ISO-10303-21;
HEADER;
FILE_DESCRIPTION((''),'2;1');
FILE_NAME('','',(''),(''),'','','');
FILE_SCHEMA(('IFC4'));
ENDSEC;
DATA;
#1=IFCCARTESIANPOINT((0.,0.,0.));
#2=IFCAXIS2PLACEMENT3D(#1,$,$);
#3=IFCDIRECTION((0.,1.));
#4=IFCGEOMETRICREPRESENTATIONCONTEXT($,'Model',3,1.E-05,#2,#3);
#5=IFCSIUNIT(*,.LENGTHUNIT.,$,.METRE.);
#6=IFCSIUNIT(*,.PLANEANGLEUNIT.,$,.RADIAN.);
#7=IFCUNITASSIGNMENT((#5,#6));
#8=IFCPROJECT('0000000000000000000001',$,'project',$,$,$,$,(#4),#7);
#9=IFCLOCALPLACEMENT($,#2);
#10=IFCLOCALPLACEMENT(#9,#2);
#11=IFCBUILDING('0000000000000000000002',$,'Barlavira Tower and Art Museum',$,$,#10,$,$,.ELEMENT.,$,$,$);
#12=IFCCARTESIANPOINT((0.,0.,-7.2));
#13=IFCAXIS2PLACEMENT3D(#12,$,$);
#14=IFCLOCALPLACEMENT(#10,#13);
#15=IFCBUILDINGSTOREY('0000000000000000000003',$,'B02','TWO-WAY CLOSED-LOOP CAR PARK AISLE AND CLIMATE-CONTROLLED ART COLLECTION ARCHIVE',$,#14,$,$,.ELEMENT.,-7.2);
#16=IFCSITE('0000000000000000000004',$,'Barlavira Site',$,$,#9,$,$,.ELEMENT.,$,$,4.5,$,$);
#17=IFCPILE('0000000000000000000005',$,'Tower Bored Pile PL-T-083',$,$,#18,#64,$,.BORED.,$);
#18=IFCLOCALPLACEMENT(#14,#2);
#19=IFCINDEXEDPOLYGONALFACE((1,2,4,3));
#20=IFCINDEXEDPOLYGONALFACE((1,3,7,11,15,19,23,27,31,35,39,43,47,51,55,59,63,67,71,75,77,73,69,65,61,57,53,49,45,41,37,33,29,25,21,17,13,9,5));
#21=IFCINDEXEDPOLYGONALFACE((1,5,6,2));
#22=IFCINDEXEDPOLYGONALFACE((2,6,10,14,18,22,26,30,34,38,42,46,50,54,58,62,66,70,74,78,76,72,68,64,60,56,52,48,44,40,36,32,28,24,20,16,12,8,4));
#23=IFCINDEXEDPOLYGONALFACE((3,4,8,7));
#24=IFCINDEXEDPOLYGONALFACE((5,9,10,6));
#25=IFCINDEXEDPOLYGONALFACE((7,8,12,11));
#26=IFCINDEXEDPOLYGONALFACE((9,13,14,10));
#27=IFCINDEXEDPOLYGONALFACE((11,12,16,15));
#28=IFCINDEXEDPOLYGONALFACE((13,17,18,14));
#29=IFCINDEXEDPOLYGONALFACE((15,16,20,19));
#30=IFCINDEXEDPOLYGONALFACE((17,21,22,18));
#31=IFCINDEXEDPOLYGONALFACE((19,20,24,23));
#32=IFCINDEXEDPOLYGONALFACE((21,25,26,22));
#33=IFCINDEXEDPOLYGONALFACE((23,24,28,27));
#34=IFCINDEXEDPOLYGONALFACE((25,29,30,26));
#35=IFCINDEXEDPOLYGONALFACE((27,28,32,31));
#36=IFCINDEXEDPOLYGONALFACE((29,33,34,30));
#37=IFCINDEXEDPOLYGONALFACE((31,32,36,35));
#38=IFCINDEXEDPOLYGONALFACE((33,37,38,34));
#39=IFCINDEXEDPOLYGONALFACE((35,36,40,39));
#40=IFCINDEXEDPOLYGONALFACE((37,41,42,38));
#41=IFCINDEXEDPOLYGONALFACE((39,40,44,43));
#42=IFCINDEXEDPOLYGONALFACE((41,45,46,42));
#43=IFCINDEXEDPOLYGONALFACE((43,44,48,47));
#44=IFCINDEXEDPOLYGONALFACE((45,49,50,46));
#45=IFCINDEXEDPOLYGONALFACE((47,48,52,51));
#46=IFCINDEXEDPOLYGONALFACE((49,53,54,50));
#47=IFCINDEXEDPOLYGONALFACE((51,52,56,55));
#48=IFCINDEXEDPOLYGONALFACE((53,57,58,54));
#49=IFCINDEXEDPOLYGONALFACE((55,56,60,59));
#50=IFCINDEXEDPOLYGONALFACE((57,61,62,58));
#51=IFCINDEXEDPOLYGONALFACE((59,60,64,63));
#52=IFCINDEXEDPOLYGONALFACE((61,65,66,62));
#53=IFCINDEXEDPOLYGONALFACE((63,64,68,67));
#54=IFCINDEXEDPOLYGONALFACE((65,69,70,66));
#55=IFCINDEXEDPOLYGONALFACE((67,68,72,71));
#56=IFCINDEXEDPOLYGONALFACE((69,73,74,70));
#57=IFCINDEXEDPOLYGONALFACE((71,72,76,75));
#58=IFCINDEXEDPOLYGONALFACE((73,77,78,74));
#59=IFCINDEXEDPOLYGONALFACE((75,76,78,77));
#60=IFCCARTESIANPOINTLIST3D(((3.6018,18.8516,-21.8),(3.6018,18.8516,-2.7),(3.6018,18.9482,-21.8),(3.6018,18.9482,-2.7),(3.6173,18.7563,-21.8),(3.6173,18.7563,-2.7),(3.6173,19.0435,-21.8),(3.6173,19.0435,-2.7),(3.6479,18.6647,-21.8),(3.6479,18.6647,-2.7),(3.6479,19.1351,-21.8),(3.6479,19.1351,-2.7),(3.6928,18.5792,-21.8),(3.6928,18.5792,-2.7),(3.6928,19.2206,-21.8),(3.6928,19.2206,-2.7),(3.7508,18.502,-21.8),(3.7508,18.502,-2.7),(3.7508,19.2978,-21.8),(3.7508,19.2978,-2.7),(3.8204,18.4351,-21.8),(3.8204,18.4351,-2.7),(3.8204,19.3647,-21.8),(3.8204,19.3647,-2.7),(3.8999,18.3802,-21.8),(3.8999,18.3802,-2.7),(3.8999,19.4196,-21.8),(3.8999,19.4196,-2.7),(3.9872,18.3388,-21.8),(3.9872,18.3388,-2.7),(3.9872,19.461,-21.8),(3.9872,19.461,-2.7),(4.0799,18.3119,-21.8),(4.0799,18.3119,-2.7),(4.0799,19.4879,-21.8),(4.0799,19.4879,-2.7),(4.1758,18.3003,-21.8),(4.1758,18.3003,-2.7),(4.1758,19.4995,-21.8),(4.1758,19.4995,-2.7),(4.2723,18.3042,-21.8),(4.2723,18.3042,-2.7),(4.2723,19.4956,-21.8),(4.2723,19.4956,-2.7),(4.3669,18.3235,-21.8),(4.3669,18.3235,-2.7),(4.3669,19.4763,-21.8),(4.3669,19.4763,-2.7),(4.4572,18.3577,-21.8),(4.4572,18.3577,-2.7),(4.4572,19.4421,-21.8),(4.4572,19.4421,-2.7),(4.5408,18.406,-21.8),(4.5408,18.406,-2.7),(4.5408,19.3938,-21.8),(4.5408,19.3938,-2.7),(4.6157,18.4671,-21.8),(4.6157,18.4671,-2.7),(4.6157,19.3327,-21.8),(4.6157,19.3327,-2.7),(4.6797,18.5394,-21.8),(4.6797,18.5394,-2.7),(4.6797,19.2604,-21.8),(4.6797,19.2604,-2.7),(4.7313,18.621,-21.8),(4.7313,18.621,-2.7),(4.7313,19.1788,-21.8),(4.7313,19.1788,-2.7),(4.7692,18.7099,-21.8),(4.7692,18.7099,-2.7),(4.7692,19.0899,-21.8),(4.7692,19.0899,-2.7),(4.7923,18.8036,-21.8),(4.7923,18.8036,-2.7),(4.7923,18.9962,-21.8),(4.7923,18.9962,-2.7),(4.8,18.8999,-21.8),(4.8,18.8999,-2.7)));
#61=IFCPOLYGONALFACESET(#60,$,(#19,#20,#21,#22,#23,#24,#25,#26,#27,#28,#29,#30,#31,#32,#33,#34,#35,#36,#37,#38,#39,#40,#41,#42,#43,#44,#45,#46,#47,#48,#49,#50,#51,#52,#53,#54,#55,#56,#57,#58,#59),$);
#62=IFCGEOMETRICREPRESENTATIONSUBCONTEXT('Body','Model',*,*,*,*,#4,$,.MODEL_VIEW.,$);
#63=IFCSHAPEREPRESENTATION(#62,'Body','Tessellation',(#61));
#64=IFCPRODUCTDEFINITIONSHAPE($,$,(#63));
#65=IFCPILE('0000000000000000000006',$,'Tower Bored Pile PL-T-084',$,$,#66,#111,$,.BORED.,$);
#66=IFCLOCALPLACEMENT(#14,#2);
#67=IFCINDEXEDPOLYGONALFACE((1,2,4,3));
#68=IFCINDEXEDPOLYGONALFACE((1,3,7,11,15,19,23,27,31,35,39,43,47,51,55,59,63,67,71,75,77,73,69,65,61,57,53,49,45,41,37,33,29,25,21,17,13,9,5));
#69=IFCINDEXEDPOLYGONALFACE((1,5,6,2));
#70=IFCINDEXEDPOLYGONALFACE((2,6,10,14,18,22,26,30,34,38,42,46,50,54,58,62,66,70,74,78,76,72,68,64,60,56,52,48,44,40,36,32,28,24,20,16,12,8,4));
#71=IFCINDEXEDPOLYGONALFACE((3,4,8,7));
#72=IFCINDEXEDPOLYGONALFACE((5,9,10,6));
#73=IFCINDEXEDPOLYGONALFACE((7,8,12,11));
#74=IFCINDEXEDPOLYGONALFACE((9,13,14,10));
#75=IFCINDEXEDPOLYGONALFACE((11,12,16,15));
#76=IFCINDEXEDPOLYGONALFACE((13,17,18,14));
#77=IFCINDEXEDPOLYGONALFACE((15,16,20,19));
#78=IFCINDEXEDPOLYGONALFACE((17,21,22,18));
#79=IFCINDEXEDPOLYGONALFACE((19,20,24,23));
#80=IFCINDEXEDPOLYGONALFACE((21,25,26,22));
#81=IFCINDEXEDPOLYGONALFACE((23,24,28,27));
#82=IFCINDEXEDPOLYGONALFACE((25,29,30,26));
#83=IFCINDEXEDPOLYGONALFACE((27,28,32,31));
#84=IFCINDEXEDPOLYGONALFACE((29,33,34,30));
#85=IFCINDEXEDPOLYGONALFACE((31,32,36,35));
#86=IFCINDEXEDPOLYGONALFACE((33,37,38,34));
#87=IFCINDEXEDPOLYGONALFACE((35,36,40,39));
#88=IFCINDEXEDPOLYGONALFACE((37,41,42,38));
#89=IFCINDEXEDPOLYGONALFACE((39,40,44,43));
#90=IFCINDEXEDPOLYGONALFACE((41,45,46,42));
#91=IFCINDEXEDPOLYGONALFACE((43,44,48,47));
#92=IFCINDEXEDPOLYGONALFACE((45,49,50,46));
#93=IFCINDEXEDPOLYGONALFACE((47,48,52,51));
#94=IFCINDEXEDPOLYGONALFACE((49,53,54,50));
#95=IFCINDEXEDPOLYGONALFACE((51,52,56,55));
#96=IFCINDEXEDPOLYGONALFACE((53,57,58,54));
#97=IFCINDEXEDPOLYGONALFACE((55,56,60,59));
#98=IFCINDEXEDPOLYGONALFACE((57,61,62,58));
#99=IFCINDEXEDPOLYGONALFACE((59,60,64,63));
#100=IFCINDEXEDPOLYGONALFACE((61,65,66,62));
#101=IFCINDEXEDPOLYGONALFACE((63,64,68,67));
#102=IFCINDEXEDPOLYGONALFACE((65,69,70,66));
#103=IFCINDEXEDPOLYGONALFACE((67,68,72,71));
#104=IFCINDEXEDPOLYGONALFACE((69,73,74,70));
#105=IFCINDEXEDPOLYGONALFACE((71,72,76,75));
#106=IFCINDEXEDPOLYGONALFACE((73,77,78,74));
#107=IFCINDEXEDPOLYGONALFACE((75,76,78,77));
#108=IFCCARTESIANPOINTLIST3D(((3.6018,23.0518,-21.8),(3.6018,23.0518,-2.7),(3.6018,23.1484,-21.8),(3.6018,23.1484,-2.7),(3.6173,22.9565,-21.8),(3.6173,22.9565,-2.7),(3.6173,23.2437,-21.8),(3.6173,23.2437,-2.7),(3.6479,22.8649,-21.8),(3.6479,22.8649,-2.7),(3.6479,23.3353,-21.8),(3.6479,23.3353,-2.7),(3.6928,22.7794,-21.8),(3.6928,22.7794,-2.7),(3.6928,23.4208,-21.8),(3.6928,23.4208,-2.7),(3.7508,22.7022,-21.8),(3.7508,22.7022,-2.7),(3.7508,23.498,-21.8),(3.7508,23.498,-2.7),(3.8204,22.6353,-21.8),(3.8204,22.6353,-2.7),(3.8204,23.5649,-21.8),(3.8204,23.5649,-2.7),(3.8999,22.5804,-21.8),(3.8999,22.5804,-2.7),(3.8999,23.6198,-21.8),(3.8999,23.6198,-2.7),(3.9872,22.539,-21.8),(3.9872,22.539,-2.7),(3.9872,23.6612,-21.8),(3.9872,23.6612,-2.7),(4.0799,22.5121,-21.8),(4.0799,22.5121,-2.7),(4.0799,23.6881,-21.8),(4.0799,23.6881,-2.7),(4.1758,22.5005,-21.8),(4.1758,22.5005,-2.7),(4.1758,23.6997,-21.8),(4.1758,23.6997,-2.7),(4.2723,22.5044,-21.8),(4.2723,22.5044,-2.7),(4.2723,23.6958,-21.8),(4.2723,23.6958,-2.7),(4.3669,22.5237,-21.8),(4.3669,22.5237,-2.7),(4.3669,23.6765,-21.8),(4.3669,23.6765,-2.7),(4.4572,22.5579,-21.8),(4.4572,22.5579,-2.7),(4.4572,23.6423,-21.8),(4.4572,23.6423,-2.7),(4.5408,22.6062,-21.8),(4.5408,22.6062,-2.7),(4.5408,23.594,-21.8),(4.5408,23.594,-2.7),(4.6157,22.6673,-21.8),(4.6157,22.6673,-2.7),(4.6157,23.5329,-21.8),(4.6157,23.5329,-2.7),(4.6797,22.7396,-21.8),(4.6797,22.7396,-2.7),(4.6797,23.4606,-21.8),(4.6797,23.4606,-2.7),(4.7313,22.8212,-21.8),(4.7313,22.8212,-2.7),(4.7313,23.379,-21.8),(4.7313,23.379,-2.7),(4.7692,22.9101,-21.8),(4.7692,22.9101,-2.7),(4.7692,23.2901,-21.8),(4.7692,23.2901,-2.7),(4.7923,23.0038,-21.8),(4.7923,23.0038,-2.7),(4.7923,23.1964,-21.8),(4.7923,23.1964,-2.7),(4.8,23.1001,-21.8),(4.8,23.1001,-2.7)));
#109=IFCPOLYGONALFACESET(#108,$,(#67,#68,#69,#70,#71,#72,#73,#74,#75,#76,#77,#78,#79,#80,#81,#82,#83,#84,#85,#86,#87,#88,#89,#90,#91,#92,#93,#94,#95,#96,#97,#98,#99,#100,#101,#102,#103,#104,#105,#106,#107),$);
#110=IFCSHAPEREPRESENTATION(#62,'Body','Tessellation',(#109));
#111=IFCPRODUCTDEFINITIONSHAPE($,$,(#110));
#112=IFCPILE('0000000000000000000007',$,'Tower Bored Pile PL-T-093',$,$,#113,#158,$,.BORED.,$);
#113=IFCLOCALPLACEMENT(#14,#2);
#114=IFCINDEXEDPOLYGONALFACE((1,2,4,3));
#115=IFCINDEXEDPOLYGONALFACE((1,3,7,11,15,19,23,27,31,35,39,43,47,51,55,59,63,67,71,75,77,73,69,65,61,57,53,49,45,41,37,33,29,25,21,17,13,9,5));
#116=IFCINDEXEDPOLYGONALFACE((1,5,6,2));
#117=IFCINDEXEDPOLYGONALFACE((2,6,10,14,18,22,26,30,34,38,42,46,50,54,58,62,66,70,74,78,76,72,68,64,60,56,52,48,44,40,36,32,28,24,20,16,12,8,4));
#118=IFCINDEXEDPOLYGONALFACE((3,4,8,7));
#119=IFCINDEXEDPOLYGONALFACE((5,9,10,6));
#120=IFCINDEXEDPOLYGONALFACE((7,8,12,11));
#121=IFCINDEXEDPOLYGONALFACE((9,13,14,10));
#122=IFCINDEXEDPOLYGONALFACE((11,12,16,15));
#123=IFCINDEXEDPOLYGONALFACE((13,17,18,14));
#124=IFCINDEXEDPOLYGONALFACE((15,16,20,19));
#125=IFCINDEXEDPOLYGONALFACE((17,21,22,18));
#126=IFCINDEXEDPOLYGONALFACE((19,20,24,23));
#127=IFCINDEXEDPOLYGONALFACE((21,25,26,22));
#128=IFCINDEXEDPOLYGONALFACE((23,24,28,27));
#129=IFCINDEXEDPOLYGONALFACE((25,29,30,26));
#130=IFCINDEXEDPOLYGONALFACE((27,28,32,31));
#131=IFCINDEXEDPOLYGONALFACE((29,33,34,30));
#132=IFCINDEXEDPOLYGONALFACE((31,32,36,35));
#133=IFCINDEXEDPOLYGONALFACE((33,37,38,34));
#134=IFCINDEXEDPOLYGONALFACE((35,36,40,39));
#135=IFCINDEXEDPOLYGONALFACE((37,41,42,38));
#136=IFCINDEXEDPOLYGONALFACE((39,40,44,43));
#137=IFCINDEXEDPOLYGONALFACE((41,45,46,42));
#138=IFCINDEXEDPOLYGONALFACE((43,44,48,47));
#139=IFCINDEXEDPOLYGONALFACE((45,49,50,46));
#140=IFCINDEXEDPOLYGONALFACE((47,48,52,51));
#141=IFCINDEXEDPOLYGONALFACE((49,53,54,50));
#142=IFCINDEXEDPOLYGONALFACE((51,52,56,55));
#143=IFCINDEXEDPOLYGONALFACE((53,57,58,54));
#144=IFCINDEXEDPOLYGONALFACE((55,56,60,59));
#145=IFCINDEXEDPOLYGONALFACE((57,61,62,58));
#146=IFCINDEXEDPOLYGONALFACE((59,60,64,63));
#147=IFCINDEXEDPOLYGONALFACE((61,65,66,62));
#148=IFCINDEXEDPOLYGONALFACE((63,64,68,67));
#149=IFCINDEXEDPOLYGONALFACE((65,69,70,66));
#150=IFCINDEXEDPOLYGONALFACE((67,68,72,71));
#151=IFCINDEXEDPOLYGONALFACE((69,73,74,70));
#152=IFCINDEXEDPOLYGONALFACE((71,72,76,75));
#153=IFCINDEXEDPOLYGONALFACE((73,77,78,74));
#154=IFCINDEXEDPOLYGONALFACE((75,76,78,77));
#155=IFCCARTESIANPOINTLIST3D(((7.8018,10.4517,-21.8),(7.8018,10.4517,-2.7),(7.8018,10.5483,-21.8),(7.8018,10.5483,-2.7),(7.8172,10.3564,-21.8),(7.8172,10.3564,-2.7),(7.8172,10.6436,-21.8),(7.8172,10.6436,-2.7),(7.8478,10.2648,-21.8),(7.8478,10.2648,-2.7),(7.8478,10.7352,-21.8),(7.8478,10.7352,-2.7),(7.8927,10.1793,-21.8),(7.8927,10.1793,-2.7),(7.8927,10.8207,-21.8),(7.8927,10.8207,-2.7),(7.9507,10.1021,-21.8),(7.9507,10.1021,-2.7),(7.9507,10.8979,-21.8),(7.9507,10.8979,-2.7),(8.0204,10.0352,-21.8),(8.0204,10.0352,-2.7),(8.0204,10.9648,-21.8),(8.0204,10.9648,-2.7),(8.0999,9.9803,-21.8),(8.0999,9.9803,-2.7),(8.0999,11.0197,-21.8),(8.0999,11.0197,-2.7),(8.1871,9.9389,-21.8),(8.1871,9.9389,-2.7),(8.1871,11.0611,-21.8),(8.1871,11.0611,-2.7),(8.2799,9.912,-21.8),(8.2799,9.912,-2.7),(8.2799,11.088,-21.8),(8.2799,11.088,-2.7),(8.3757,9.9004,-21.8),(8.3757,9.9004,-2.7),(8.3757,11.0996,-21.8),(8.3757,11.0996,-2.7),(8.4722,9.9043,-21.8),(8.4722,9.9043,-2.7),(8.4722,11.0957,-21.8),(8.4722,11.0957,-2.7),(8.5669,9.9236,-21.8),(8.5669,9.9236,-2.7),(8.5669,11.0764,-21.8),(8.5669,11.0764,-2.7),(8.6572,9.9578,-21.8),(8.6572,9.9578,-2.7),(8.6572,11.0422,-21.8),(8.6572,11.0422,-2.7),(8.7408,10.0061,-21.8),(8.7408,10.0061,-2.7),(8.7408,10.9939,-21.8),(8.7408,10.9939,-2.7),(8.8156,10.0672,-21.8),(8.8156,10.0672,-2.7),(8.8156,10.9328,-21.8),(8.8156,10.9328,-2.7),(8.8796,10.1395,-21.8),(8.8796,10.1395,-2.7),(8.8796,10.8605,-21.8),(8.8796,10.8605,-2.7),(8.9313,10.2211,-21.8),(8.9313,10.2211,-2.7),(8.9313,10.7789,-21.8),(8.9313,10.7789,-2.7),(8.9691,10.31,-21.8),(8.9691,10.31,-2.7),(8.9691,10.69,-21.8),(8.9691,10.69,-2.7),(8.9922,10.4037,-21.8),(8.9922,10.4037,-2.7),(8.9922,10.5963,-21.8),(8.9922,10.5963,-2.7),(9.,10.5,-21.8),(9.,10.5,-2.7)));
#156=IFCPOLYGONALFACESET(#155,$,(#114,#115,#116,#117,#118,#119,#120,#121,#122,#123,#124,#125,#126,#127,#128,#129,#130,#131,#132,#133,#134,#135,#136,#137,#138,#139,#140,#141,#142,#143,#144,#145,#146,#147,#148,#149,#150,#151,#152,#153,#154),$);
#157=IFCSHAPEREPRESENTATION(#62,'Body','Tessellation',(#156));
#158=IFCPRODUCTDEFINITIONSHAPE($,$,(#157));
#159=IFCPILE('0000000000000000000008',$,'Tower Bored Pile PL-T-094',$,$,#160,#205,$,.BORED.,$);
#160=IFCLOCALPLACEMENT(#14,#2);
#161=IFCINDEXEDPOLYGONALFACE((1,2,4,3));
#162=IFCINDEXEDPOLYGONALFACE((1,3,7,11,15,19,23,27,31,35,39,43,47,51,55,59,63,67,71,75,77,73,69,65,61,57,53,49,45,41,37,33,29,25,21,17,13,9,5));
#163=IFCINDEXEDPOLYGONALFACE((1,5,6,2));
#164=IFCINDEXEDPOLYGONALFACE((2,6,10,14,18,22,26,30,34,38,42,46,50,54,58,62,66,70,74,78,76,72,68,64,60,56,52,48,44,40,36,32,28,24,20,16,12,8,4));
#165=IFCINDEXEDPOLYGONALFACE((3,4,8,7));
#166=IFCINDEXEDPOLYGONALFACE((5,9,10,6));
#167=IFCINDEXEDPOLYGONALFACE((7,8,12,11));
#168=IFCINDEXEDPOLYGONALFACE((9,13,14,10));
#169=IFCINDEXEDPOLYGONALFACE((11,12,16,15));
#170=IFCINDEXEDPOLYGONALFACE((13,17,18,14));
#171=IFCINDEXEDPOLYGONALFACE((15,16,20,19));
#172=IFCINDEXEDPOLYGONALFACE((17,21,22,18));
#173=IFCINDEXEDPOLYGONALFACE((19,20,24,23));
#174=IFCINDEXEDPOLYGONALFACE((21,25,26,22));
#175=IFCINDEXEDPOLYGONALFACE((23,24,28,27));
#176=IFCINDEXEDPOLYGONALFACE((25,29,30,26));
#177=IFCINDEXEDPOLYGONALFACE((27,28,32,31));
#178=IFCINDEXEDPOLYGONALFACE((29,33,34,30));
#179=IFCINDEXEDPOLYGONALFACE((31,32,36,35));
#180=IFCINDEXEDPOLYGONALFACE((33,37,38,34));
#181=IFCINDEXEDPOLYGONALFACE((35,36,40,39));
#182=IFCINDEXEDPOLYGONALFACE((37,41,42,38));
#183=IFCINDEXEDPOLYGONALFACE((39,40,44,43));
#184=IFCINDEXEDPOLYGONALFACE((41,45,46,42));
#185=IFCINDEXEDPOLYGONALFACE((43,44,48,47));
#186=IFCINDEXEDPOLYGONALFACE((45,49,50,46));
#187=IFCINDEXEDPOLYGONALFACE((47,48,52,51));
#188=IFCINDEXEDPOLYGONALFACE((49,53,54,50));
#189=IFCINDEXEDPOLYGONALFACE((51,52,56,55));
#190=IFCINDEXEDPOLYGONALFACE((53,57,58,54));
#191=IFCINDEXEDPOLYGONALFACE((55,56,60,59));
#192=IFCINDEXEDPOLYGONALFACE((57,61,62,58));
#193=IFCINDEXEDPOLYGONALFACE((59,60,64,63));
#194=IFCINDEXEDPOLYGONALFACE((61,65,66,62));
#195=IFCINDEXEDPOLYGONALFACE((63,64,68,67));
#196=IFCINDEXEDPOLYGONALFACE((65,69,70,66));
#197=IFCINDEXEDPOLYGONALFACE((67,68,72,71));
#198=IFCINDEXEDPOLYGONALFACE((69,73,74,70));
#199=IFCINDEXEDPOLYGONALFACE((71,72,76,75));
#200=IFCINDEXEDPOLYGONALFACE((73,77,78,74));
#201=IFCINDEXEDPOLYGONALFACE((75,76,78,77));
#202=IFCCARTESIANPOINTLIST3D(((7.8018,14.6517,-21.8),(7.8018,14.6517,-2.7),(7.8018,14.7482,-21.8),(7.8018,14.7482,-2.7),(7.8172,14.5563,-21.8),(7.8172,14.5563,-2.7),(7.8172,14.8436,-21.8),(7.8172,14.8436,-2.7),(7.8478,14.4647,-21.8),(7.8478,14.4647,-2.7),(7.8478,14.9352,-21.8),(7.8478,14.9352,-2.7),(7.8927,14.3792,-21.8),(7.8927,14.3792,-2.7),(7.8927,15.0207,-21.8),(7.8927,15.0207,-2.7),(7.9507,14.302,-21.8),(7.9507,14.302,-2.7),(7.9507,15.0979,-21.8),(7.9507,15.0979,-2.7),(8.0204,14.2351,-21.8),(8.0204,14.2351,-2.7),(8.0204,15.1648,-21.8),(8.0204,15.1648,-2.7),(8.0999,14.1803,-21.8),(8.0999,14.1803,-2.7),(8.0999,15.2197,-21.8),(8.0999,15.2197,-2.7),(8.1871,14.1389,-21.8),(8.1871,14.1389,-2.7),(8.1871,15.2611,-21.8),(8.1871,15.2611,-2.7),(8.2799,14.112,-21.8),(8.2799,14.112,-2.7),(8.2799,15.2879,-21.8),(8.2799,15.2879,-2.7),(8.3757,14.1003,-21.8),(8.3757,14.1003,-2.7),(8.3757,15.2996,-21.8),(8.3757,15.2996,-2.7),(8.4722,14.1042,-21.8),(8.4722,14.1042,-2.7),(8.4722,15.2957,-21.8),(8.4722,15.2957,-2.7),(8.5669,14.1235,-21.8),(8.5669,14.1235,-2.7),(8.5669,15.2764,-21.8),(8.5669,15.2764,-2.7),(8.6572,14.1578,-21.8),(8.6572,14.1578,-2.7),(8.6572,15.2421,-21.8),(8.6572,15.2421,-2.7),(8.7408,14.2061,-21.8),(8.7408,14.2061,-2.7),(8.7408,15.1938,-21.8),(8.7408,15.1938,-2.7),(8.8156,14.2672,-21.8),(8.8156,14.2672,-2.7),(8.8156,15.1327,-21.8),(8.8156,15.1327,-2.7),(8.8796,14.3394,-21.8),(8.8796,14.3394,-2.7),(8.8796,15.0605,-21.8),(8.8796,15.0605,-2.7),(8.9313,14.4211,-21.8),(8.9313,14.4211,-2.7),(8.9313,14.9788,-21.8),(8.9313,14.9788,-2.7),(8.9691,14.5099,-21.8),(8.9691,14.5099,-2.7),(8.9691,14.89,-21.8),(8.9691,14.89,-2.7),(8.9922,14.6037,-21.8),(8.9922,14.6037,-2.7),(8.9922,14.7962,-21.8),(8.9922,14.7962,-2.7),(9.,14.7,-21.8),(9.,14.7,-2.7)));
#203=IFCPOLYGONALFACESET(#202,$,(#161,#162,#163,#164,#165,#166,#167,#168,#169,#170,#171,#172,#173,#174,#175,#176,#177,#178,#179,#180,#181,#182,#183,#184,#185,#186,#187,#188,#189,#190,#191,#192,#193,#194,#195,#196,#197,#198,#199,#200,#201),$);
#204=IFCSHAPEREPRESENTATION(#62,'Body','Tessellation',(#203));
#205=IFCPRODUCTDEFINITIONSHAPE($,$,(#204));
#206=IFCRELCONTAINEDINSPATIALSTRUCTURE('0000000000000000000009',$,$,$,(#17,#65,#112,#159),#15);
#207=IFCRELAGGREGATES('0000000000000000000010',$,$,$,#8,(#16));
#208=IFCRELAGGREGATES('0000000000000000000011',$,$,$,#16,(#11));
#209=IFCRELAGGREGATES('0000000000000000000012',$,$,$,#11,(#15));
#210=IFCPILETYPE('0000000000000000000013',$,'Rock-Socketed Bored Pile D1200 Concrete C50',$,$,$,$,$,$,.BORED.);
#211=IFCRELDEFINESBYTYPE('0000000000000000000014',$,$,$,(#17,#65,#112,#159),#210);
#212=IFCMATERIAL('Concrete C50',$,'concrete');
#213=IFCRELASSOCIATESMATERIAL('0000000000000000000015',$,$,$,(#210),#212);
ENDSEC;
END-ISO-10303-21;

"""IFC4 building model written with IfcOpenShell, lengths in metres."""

from ifc_helpers import new_model, si_unit, direction, frame, origin, origin_2d, place, context, subcontext, project, spatial, circle, extrude, material, material_profile, profile_set, type_object, element, save


model = new_model("IFC4")

# Units and contexts
model_context = context("Model", 3, precision=1e-05, world=origin(), true_north=direction((0.0, 1.0)))
body_context = subcontext(model_context, "Body", "Model", "MODEL_VIEW")
ifc_project = project(units=[si_unit("LENGTHUNIT", "METRE"), si_unit("PLANEANGLEUNIT", "RADIAN")], contexts=[model_context])

# Site, building, storey
site_placement = place(None, origin())
site = spatial("IfcSite", under=ifc_project, at=site_placement, Name="Barlavira Site", CompositionType="ELEMENT", RefElevation=4.5)
building_placement = place(site_placement, origin())
building = spatial("IfcBuilding", under=site, at=building_placement, Name="Barlavira Tower and Art Museum", CompositionType="ELEMENT")
storey_placement = place(building_placement, frame((0.0, 0.0, -7.2)))
storey = spatial("IfcBuildingStorey", under=building, at=storey_placement, Name="B02", Description="TWO-WAY CLOSED-LOOP CAR PARK AISLE AND CLIMATE-CONTROLLED ART COLLECTION ARCHIVE", CompositionType="ELEMENT", Elevation=-7.2)

# Piles
ifc_material_1 = material(Name="Concrete C50", Category="concrete")
ifc_material_profile_1 = material_profile(ifc_material_1, circle(Radius=0.6001, at=origin_2d()), Name="BORED PILE D1200")
ifc_profile_set_1 = profile_set([ifc_material_profile_1], Name="Concrete C50")
pile_type = type_object("IfcPileType", Name="Rock-Socketed Bored Pile D1200 Concrete C50", PredefinedType="BORED", material=ifc_profile_set_1)
for number, where, z_axis, x_axis, name in (
    (1, (4.2, 18.8999, -2.7), (0.0, 0.0, -1.0), (1.0, 0.0, 0.0), "Tower Bored Pile PL-T-083"),
    (2, (4.2, 23.1001, -2.7), (0.0, 0.0, -1.0), (1.0, 0.0, 0.0), "Tower Bored Pile PL-T-084"),
    (3, (8.3999, 10.5, -2.7), (0.0, 0.0, -1.0), (1.0, 0.0, 0.0), "Tower Bored Pile PL-T-093"),
    (4, (8.3999, 14.7, -2.7), (0.0, 0.0, -1.0), (1.0, 0.0, 0.0), "Tower Bored Pile PL-T-094"),
):
    element("IfcPile", number, at=place(storey_placement, frame(where, z_axis=z_axis, x_axis=x_axis)), inside=storey, type_object=pile_type, Name=name, PredefinedType="BORED", context=body_context, shape_type="SweptSolid", body=[
        extrude(circle(Radius=0.6001, at=origin_2d()), origin(), (0.0, 0.0, 1.0), 19.1001),
    ])

save(model, "model.ifc")
